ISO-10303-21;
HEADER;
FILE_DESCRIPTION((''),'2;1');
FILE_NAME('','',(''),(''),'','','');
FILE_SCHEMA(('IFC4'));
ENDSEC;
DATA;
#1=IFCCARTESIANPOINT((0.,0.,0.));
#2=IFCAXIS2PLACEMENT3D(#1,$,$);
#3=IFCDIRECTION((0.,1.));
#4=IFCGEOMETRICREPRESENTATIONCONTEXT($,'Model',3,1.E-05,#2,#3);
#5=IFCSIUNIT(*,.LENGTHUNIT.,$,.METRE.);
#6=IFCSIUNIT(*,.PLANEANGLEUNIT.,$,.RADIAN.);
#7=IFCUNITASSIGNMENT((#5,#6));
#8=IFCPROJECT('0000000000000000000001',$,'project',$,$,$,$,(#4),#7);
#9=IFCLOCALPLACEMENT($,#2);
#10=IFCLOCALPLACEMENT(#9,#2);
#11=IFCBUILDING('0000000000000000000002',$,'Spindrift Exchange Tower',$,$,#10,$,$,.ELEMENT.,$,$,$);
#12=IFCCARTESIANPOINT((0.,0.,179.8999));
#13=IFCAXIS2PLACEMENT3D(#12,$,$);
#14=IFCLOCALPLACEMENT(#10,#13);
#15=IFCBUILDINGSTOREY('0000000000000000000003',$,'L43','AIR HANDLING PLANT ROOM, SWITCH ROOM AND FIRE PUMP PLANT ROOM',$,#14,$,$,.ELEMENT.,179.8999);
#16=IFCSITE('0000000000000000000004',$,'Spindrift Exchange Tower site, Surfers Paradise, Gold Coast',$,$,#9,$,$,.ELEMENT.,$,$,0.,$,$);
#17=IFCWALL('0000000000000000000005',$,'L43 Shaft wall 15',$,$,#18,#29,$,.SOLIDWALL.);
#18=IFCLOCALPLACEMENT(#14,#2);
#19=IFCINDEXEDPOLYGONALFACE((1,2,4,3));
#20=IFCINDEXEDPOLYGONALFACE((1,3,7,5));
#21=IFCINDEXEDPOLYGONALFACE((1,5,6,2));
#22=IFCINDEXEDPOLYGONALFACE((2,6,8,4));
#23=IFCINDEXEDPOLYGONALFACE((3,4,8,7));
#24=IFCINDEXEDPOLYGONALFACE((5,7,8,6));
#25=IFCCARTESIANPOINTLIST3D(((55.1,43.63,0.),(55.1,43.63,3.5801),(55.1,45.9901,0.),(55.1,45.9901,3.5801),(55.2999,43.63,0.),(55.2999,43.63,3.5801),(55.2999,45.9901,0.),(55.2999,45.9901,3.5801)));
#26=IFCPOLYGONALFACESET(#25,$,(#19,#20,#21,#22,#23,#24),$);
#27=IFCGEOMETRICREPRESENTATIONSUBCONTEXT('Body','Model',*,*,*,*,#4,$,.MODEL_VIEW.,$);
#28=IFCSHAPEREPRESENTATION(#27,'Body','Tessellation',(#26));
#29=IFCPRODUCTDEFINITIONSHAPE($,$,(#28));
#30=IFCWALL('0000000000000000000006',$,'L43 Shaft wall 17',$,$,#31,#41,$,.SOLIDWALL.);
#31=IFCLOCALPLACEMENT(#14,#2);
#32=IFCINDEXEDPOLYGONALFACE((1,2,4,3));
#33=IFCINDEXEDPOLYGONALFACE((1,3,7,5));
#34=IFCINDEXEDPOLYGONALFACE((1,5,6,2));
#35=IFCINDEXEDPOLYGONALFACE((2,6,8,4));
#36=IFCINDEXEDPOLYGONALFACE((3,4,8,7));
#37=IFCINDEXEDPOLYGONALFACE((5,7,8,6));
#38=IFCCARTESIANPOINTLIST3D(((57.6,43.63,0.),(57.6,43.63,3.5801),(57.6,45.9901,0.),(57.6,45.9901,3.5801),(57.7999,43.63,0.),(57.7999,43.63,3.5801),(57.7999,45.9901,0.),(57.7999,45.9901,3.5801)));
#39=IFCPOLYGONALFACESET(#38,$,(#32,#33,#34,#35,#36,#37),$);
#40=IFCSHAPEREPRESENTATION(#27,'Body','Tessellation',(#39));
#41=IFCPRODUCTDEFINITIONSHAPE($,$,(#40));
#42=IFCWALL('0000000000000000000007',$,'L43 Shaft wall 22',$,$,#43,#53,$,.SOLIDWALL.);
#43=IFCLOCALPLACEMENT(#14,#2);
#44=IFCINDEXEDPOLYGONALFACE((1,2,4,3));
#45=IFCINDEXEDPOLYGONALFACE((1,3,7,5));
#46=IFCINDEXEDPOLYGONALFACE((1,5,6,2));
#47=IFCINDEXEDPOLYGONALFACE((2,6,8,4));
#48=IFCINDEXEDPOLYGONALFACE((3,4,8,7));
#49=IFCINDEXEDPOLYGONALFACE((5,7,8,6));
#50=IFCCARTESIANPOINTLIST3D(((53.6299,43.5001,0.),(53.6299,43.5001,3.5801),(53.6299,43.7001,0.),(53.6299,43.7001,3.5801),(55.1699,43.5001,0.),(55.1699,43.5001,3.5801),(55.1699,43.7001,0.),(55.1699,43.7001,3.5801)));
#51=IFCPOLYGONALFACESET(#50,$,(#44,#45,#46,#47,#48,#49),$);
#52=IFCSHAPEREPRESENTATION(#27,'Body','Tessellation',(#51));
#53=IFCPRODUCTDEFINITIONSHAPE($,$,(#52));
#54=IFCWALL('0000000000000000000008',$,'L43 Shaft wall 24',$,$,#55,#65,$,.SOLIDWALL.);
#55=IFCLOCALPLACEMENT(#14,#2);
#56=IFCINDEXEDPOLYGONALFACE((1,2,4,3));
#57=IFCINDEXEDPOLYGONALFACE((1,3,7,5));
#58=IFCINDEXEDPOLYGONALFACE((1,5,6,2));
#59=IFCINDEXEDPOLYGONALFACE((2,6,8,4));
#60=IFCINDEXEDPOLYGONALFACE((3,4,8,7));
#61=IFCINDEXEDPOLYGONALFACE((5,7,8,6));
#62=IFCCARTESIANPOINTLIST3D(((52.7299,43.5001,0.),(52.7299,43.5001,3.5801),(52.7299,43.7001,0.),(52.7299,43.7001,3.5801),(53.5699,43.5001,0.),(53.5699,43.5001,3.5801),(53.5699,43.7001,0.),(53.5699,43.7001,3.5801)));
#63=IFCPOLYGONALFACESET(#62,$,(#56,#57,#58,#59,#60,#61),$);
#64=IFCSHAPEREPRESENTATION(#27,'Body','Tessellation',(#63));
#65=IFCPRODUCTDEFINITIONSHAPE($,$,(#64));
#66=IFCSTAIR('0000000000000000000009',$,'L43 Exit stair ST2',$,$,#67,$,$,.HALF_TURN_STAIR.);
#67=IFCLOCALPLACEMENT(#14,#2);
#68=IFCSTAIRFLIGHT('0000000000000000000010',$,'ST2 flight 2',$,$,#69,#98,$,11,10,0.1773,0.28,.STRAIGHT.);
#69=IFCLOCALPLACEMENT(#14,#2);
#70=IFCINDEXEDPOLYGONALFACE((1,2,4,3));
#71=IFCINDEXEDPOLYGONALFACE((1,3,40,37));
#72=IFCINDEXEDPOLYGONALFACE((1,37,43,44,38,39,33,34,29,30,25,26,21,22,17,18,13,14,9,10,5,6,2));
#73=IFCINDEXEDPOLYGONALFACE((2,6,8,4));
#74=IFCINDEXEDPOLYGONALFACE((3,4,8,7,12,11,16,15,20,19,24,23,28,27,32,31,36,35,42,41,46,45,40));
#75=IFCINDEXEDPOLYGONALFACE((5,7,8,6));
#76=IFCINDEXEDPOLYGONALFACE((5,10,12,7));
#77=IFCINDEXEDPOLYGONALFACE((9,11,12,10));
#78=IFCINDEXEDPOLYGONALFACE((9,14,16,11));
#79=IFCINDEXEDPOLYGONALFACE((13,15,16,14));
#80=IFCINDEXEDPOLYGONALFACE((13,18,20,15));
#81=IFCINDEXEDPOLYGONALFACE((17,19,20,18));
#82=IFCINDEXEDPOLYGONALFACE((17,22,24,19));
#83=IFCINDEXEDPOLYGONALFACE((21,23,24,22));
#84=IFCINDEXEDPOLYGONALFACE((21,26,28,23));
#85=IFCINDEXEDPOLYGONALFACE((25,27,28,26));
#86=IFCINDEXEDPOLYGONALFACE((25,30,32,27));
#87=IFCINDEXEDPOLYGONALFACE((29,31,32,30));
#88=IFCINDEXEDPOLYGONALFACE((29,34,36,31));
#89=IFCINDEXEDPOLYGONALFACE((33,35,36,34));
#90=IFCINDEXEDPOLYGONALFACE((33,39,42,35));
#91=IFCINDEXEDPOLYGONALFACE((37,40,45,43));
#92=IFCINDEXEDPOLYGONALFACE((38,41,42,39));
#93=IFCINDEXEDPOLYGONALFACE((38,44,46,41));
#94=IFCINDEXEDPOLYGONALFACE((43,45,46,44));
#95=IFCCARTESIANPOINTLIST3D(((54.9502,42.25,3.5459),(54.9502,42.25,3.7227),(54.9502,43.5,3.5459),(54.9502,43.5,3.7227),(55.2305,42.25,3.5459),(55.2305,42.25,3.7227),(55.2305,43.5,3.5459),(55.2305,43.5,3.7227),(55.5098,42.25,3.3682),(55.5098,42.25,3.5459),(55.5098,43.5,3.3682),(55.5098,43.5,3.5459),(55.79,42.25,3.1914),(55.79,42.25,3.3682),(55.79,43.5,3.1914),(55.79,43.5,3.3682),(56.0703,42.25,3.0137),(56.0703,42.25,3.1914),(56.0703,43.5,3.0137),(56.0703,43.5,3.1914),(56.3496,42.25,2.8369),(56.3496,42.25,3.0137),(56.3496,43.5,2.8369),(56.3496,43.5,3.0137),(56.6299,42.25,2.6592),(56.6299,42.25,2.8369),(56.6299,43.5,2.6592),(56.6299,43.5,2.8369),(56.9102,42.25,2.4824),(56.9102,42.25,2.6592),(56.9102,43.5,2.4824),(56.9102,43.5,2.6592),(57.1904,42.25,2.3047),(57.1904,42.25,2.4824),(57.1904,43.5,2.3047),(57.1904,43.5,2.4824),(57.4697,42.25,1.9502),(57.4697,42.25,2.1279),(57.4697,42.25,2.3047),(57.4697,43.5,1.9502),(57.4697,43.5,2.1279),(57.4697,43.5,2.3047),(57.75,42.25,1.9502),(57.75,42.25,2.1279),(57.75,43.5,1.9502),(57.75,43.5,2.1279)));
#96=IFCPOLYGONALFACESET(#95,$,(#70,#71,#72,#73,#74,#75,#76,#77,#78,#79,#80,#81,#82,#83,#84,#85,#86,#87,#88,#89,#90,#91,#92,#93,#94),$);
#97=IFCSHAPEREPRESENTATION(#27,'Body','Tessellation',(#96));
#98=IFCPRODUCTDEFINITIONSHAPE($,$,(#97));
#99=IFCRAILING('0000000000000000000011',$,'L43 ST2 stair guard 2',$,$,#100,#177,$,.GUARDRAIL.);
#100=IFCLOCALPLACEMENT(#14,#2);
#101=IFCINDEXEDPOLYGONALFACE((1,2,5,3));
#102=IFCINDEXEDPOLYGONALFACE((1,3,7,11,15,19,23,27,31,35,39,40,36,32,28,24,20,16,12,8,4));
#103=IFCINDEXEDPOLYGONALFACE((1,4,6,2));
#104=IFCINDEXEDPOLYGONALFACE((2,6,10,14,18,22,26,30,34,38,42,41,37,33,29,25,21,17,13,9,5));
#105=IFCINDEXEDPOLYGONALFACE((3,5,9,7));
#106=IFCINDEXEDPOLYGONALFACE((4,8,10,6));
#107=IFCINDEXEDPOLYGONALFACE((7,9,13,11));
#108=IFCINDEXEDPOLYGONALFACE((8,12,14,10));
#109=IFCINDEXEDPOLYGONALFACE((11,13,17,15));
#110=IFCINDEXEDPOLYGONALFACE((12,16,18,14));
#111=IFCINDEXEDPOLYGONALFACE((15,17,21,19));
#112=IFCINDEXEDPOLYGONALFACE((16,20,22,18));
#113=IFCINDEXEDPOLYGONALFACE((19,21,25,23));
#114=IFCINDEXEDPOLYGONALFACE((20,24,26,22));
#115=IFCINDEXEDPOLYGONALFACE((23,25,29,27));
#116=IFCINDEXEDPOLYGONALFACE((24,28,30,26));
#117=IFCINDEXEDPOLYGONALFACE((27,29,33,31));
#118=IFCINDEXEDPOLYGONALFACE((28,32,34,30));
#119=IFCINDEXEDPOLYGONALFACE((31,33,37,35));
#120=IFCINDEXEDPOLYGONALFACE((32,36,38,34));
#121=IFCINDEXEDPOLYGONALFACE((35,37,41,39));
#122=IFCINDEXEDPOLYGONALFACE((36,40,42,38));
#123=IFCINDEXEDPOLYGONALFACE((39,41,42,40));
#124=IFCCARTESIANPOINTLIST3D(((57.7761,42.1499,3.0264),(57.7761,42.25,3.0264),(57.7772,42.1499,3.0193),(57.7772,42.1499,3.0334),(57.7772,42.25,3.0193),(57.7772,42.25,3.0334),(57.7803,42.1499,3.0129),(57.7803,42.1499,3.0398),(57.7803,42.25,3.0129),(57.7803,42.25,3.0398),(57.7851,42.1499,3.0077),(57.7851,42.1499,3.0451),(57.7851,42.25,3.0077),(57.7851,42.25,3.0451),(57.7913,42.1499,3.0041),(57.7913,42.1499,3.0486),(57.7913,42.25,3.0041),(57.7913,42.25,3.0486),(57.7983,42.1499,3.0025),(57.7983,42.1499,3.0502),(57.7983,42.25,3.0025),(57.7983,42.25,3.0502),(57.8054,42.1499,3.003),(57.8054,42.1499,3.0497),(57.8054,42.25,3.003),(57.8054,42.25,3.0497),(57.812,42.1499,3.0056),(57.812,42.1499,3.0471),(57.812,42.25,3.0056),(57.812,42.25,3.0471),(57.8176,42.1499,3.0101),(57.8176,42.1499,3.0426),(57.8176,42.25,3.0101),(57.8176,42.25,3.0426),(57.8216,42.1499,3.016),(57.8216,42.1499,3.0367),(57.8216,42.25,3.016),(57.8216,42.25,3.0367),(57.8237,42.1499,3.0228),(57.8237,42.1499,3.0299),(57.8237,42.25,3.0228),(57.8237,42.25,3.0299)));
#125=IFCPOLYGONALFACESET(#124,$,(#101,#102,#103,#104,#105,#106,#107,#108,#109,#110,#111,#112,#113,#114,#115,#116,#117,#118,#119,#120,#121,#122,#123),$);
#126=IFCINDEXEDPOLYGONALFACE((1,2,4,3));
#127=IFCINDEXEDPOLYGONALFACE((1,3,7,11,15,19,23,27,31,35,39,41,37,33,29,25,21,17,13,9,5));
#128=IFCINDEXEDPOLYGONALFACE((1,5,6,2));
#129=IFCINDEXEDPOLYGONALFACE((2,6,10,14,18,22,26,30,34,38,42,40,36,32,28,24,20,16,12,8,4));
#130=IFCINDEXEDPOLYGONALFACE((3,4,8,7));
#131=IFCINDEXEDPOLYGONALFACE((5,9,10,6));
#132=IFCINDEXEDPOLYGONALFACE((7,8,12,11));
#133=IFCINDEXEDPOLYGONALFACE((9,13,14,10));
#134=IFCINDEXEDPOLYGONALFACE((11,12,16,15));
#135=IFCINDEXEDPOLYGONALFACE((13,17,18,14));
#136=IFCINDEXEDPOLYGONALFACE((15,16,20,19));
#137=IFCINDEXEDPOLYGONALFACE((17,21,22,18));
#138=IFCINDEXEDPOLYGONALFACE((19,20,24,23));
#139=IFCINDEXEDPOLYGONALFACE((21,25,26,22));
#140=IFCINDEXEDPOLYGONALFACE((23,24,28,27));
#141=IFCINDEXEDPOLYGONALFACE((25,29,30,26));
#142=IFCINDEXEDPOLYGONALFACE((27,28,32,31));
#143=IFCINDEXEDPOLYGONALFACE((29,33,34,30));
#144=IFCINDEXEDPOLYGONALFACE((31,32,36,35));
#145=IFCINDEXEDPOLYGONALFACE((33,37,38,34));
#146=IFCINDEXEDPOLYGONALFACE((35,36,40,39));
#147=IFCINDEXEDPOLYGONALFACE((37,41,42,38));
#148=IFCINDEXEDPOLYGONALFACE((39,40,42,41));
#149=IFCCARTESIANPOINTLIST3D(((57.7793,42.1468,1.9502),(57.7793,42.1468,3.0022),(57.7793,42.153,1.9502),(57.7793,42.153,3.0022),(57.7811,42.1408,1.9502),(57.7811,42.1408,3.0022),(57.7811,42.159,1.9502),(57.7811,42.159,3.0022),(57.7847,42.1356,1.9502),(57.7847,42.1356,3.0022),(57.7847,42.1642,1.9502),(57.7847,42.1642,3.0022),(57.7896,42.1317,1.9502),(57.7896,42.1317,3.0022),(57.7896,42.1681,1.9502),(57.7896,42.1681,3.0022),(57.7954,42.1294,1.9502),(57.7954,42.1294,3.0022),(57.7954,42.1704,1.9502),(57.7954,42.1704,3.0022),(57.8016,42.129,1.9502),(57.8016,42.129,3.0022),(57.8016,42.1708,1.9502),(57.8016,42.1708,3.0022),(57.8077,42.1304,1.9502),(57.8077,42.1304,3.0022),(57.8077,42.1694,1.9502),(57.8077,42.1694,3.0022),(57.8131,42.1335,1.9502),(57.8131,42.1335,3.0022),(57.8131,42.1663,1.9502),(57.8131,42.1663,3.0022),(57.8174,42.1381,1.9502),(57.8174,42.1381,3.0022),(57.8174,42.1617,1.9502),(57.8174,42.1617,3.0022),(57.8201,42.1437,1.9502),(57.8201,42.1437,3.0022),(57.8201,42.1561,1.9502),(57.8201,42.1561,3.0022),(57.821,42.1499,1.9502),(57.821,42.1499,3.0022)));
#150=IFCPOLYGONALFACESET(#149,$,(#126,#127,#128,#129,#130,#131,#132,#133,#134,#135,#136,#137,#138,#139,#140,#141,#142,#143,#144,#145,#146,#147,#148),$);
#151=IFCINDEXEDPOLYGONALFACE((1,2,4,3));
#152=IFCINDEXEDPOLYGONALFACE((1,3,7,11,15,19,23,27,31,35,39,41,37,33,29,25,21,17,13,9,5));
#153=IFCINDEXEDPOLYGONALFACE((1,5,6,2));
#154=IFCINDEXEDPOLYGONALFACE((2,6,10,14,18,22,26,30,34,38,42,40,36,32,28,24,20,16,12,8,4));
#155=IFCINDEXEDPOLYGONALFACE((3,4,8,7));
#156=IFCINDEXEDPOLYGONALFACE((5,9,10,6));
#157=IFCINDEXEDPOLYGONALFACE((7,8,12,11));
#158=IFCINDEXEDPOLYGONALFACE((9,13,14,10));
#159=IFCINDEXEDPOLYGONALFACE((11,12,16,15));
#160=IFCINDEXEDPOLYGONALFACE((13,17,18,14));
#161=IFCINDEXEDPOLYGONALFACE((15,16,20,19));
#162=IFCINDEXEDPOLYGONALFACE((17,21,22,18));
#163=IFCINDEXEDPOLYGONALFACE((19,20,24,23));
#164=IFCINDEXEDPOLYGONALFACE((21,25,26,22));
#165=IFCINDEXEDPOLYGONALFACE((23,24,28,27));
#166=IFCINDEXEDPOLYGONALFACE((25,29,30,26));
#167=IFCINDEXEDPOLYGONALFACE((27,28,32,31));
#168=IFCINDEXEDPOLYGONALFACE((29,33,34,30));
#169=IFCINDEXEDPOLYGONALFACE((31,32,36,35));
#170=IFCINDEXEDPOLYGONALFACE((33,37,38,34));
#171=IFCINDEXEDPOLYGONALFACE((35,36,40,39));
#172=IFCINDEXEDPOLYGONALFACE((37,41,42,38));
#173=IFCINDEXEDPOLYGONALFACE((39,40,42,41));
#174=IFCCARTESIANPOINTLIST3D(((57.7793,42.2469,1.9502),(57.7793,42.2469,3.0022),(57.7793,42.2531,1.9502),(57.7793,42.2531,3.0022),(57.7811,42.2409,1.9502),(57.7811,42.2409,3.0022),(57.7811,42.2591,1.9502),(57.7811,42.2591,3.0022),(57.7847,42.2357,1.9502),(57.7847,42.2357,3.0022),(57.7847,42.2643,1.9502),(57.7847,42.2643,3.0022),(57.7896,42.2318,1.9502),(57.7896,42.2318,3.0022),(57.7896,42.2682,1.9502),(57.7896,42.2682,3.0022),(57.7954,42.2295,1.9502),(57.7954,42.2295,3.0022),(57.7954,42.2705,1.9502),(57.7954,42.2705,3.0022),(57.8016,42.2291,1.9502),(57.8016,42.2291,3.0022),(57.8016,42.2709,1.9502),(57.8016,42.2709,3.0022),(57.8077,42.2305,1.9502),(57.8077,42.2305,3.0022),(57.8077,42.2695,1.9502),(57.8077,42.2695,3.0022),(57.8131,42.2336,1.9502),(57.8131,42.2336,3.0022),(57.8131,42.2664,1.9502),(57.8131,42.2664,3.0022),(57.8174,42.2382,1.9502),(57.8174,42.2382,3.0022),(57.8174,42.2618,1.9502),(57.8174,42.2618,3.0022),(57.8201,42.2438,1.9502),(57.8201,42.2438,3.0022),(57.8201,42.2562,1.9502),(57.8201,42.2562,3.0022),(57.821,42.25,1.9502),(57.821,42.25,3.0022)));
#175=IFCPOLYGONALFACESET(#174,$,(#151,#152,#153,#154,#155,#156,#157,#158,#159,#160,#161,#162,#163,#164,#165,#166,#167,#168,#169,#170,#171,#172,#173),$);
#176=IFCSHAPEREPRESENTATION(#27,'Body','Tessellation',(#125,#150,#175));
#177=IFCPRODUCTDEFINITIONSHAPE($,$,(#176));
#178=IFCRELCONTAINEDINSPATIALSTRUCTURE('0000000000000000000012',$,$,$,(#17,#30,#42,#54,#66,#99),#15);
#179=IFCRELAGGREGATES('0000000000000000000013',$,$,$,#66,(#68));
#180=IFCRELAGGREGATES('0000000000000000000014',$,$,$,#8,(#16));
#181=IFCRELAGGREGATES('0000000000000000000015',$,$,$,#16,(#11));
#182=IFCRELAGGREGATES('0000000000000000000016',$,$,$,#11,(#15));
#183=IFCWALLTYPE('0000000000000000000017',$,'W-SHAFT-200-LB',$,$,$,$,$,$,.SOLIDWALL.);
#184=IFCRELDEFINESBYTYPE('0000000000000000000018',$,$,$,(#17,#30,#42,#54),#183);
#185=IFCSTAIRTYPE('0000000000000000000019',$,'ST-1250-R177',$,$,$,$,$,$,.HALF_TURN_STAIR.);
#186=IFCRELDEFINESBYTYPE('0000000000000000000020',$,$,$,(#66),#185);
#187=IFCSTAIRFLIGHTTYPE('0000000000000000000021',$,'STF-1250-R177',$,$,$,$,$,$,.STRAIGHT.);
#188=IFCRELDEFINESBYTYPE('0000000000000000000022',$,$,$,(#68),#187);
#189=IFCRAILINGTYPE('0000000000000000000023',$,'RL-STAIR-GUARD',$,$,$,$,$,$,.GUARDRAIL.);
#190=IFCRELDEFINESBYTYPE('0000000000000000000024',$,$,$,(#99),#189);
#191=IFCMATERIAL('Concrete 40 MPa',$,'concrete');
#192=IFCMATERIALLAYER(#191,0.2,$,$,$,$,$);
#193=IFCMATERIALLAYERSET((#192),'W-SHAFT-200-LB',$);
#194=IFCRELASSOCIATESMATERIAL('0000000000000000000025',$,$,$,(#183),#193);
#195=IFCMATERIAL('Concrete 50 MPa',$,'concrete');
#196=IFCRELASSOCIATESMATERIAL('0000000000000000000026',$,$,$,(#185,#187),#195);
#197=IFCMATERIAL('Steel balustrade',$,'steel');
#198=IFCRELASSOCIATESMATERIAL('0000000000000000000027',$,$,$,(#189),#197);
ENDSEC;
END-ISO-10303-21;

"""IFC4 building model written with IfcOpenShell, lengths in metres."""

from ifc_helpers import new_model, si_unit, direction, frame, frame_2d, origin, origin_2d, place, context, subcontext, project, spatial, line, indexed_curve, rectangle, circle, outline, extrude, material, layer, layer_set, type_object, element, aggregate, save


model = new_model("IFC4")

# Units and contexts
model_context = context("Model", 3, precision=1e-05, world=origin(), true_north=direction((0.0, 1.0)))
body_context = subcontext(model_context, "Body", "Model", "MODEL_VIEW")
ifc_project = project(units=[si_unit("LENGTHUNIT", "METRE"), si_unit("PLANEANGLEUNIT", "RADIAN")], contexts=[model_context])

# Site, building, storey
site_placement = place(None, origin())
site = spatial("IfcSite", under=ifc_project, at=site_placement, Name="Spindrift Exchange Tower site, Surfers Paradise, Gold Coast", CompositionType="ELEMENT", RefElevation=0.0)
building_placement = place(site_placement, origin())
building = spatial("IfcBuilding", under=site, at=building_placement, Name="Spindrift Exchange Tower", CompositionType="ELEMENT")
storey_placement = place(building_placement, frame((0.0, 0.0, 179.8999)))
storey = spatial("IfcBuildingStorey", under=building, at=storey_placement, Name="L43", Description="AIR HANDLING PLANT ROOM, SWITCH ROOM AND FIRE PUMP PLANT ROOM", CompositionType="ELEMENT", Elevation=179.8999)

# Shared definitions
ifc_material_1 = material(Name="Concrete 40 MPa", Category="concrete")
ifc_layer_1 = layer(ifc_material_1, 0.2)
ifc_layer_set_1 = layer_set([ifc_layer_1], Name="W-SHAFT-200-LB")
wall_type = type_object("IfcWallType", Name="W-SHAFT-200-LB", PredefinedType="SOLIDWALL", material=ifc_layer_set_1)

# Walls
for number, where, z_axis, x_axis, name in (
    (1, (55.2, 43.6299, 0.0), (0.0, 0.0, 1.0), (0.0, 1.0, 0.0), "L43 Shaft wall 15"),
    (2, (57.7, 43.6299, 0.0), (0.0, 0.0, 1.0), (0.0, 1.0, 0.0), "L43 Shaft wall 17"),
):
    element("IfcWall", number, at=place(storey_placement, frame(where, z_axis=z_axis, x_axis=x_axis)), inside=storey, type_object=wall_type, Name=name, PredefinedType="SOLIDWALL", context=body_context, shape_type="SweptSolid", body=[
        extrude(rectangle(XDim=2.3601, YDim=0.2, at=frame_2d((1.1802, 0.0))), origin(), (0.0, 0.0, 1.0), 3.5801),
    ])
wall_1_placement = place(storey_placement, frame((53.6299, 43.6001, 0.0), z_axis=(0.0, 0.0, 1.0), x_axis=(1.0, 0.0, 0.0)))
element("IfcWall", 3, at=wall_1_placement, inside=storey, type_object=wall_type, Name="L43 Shaft wall 22", PredefinedType="SOLIDWALL", context=body_context, shape_type="SweptSolid", body=[
    extrude(rectangle(XDim=1.54, YDim=0.2, at=frame_2d((0.77, 0.0))), origin(), (0.0, 0.0, 1.0), 3.5801),
])
wall_2_placement = place(storey_placement, frame((52.73, 43.6001, 0.0), z_axis=(0.0, 0.0, 1.0), x_axis=(1.0, 0.0, 0.0)))
element("IfcWall", 4, at=wall_2_placement, inside=storey, type_object=wall_type, Name="L43 Shaft wall 24", PredefinedType="SOLIDWALL", context=body_context, shape_type="SweptSolid", body=[
    extrude(rectangle(XDim=0.8401, YDim=0.2, at=frame_2d((0.4199, 0.0))), origin(), (0.0, 0.0, 1.0), 3.5801),
])

# Stair, stair flight
ifc_material_2 = material(Name="Concrete 50 MPa", Category="concrete")
stair_type = type_object("IfcStairType", Name="ST-1250-R177", PredefinedType="HALF_TURN_STAIR", material=ifc_material_2)
stair_placement = place(storey_placement, origin())
stair = element("IfcStair", 5, at=stair_placement, inside=storey, type_object=stair_type, Name="L43 Exit stair ST2", PredefinedType="HALF_TURN_STAIR")
stair_flight_type = type_object("IfcStairFlightType", Name="STF-1250-R177", PredefinedType="STRAIGHT", material=ifc_material_2)
stair_flight_placement = place(storey_placement, frame((57.75, 42.875, 1.9502), z_axis=(0.0, 0.0, 1.0), x_axis=(-1.0, 0.0, 0.0)))
stair_flight = element("IfcStairFlight", 6, at=stair_flight_placement, type_object=stair_flight_type, Name="ST2 flight 2", NumberOfRisers=11, NumberOfTreads=10, PredefinedType="STRAIGHT", RiserHeight=0.1773, TreadLength=0.28, context=body_context, shape_type="SweptSolid", body=[
    extrude(outline(indexed_curve([(0.0, 0.0), (0.0, 0.1777), (0.2803, 0.1777), (0.2803, 0.3545), (0.5596, 0.3545), (0.5596, 0.5322), (0.8398, 0.5322), (0.8398, 0.709), (1.1201, 0.709), (1.1201, 0.8867), (1.4004, 0.8867), (1.4004, 1.0635), (1.6797, 1.0635), (1.6797, 1.2412), (1.96, 1.2412), (1.96, 1.418), (2.2402, 1.418), (2.2402, 1.5957), (2.5195, 1.5957), (2.5195, 1.7725), (2.7998, 1.7725), (2.7998, 1.9502), (2.7998, 1.5957), (0.2803, 0.0)], segments=[line(1, 2, 3, 4, 5, 6, 7, 8, 9, 10, 11, 12, 13, 14, 15, 16, 17, 18, 19, 20, 21, 22, 23, 24, 1)], self_intersect=False)), frame((0.0, 0.625, 0.0), z_axis=(0.0, -1.0, 0.0), x_axis=(1.0, 0.0, 0.0)), (0.0, 0.0, 1.0), 1.25),
])
aggregate(stair, [stair_flight])

# Railing
ifc_material_3 = material(Name="Steel balustrade", Category="steel")
railing_type_1 = type_object("IfcRailingType", Name="RL-STAIR-GUARD", PredefinedType="GUARDRAIL", material=ifc_material_3)
railing_1_placement = place(storey_placement, frame((57.8, 42.1499, 1.9502)))
element("IfcRailing", 7, at=railing_1_placement, inside=storey, type_object=railing_type_1, Name="L43 ST2 stair guard 2", PredefinedType="GUARDRAIL", context=body_context, shape_type="SweptSolid", body=[
    extrude(circle(Radius=0.0239, at=origin_2d()), frame((0.0, 0.0, 1.0762), z_axis=(0.0, 1.0, 0.0), x_axis=(-1.0, 0.0, 0.0)), (0.0, 0.0, 1.0), 0.1001),
    extrude(circle(Radius=0.021, at=origin_2d()), origin(), (0.0, 0.0, 1.0), 1.052),
    extrude(circle(Radius=0.021, at=origin_2d()), frame((0.0, 0.1001, 0.0)), (0.0, 0.0, 1.0), 1.052),
])

save(model, "model.ifc")
